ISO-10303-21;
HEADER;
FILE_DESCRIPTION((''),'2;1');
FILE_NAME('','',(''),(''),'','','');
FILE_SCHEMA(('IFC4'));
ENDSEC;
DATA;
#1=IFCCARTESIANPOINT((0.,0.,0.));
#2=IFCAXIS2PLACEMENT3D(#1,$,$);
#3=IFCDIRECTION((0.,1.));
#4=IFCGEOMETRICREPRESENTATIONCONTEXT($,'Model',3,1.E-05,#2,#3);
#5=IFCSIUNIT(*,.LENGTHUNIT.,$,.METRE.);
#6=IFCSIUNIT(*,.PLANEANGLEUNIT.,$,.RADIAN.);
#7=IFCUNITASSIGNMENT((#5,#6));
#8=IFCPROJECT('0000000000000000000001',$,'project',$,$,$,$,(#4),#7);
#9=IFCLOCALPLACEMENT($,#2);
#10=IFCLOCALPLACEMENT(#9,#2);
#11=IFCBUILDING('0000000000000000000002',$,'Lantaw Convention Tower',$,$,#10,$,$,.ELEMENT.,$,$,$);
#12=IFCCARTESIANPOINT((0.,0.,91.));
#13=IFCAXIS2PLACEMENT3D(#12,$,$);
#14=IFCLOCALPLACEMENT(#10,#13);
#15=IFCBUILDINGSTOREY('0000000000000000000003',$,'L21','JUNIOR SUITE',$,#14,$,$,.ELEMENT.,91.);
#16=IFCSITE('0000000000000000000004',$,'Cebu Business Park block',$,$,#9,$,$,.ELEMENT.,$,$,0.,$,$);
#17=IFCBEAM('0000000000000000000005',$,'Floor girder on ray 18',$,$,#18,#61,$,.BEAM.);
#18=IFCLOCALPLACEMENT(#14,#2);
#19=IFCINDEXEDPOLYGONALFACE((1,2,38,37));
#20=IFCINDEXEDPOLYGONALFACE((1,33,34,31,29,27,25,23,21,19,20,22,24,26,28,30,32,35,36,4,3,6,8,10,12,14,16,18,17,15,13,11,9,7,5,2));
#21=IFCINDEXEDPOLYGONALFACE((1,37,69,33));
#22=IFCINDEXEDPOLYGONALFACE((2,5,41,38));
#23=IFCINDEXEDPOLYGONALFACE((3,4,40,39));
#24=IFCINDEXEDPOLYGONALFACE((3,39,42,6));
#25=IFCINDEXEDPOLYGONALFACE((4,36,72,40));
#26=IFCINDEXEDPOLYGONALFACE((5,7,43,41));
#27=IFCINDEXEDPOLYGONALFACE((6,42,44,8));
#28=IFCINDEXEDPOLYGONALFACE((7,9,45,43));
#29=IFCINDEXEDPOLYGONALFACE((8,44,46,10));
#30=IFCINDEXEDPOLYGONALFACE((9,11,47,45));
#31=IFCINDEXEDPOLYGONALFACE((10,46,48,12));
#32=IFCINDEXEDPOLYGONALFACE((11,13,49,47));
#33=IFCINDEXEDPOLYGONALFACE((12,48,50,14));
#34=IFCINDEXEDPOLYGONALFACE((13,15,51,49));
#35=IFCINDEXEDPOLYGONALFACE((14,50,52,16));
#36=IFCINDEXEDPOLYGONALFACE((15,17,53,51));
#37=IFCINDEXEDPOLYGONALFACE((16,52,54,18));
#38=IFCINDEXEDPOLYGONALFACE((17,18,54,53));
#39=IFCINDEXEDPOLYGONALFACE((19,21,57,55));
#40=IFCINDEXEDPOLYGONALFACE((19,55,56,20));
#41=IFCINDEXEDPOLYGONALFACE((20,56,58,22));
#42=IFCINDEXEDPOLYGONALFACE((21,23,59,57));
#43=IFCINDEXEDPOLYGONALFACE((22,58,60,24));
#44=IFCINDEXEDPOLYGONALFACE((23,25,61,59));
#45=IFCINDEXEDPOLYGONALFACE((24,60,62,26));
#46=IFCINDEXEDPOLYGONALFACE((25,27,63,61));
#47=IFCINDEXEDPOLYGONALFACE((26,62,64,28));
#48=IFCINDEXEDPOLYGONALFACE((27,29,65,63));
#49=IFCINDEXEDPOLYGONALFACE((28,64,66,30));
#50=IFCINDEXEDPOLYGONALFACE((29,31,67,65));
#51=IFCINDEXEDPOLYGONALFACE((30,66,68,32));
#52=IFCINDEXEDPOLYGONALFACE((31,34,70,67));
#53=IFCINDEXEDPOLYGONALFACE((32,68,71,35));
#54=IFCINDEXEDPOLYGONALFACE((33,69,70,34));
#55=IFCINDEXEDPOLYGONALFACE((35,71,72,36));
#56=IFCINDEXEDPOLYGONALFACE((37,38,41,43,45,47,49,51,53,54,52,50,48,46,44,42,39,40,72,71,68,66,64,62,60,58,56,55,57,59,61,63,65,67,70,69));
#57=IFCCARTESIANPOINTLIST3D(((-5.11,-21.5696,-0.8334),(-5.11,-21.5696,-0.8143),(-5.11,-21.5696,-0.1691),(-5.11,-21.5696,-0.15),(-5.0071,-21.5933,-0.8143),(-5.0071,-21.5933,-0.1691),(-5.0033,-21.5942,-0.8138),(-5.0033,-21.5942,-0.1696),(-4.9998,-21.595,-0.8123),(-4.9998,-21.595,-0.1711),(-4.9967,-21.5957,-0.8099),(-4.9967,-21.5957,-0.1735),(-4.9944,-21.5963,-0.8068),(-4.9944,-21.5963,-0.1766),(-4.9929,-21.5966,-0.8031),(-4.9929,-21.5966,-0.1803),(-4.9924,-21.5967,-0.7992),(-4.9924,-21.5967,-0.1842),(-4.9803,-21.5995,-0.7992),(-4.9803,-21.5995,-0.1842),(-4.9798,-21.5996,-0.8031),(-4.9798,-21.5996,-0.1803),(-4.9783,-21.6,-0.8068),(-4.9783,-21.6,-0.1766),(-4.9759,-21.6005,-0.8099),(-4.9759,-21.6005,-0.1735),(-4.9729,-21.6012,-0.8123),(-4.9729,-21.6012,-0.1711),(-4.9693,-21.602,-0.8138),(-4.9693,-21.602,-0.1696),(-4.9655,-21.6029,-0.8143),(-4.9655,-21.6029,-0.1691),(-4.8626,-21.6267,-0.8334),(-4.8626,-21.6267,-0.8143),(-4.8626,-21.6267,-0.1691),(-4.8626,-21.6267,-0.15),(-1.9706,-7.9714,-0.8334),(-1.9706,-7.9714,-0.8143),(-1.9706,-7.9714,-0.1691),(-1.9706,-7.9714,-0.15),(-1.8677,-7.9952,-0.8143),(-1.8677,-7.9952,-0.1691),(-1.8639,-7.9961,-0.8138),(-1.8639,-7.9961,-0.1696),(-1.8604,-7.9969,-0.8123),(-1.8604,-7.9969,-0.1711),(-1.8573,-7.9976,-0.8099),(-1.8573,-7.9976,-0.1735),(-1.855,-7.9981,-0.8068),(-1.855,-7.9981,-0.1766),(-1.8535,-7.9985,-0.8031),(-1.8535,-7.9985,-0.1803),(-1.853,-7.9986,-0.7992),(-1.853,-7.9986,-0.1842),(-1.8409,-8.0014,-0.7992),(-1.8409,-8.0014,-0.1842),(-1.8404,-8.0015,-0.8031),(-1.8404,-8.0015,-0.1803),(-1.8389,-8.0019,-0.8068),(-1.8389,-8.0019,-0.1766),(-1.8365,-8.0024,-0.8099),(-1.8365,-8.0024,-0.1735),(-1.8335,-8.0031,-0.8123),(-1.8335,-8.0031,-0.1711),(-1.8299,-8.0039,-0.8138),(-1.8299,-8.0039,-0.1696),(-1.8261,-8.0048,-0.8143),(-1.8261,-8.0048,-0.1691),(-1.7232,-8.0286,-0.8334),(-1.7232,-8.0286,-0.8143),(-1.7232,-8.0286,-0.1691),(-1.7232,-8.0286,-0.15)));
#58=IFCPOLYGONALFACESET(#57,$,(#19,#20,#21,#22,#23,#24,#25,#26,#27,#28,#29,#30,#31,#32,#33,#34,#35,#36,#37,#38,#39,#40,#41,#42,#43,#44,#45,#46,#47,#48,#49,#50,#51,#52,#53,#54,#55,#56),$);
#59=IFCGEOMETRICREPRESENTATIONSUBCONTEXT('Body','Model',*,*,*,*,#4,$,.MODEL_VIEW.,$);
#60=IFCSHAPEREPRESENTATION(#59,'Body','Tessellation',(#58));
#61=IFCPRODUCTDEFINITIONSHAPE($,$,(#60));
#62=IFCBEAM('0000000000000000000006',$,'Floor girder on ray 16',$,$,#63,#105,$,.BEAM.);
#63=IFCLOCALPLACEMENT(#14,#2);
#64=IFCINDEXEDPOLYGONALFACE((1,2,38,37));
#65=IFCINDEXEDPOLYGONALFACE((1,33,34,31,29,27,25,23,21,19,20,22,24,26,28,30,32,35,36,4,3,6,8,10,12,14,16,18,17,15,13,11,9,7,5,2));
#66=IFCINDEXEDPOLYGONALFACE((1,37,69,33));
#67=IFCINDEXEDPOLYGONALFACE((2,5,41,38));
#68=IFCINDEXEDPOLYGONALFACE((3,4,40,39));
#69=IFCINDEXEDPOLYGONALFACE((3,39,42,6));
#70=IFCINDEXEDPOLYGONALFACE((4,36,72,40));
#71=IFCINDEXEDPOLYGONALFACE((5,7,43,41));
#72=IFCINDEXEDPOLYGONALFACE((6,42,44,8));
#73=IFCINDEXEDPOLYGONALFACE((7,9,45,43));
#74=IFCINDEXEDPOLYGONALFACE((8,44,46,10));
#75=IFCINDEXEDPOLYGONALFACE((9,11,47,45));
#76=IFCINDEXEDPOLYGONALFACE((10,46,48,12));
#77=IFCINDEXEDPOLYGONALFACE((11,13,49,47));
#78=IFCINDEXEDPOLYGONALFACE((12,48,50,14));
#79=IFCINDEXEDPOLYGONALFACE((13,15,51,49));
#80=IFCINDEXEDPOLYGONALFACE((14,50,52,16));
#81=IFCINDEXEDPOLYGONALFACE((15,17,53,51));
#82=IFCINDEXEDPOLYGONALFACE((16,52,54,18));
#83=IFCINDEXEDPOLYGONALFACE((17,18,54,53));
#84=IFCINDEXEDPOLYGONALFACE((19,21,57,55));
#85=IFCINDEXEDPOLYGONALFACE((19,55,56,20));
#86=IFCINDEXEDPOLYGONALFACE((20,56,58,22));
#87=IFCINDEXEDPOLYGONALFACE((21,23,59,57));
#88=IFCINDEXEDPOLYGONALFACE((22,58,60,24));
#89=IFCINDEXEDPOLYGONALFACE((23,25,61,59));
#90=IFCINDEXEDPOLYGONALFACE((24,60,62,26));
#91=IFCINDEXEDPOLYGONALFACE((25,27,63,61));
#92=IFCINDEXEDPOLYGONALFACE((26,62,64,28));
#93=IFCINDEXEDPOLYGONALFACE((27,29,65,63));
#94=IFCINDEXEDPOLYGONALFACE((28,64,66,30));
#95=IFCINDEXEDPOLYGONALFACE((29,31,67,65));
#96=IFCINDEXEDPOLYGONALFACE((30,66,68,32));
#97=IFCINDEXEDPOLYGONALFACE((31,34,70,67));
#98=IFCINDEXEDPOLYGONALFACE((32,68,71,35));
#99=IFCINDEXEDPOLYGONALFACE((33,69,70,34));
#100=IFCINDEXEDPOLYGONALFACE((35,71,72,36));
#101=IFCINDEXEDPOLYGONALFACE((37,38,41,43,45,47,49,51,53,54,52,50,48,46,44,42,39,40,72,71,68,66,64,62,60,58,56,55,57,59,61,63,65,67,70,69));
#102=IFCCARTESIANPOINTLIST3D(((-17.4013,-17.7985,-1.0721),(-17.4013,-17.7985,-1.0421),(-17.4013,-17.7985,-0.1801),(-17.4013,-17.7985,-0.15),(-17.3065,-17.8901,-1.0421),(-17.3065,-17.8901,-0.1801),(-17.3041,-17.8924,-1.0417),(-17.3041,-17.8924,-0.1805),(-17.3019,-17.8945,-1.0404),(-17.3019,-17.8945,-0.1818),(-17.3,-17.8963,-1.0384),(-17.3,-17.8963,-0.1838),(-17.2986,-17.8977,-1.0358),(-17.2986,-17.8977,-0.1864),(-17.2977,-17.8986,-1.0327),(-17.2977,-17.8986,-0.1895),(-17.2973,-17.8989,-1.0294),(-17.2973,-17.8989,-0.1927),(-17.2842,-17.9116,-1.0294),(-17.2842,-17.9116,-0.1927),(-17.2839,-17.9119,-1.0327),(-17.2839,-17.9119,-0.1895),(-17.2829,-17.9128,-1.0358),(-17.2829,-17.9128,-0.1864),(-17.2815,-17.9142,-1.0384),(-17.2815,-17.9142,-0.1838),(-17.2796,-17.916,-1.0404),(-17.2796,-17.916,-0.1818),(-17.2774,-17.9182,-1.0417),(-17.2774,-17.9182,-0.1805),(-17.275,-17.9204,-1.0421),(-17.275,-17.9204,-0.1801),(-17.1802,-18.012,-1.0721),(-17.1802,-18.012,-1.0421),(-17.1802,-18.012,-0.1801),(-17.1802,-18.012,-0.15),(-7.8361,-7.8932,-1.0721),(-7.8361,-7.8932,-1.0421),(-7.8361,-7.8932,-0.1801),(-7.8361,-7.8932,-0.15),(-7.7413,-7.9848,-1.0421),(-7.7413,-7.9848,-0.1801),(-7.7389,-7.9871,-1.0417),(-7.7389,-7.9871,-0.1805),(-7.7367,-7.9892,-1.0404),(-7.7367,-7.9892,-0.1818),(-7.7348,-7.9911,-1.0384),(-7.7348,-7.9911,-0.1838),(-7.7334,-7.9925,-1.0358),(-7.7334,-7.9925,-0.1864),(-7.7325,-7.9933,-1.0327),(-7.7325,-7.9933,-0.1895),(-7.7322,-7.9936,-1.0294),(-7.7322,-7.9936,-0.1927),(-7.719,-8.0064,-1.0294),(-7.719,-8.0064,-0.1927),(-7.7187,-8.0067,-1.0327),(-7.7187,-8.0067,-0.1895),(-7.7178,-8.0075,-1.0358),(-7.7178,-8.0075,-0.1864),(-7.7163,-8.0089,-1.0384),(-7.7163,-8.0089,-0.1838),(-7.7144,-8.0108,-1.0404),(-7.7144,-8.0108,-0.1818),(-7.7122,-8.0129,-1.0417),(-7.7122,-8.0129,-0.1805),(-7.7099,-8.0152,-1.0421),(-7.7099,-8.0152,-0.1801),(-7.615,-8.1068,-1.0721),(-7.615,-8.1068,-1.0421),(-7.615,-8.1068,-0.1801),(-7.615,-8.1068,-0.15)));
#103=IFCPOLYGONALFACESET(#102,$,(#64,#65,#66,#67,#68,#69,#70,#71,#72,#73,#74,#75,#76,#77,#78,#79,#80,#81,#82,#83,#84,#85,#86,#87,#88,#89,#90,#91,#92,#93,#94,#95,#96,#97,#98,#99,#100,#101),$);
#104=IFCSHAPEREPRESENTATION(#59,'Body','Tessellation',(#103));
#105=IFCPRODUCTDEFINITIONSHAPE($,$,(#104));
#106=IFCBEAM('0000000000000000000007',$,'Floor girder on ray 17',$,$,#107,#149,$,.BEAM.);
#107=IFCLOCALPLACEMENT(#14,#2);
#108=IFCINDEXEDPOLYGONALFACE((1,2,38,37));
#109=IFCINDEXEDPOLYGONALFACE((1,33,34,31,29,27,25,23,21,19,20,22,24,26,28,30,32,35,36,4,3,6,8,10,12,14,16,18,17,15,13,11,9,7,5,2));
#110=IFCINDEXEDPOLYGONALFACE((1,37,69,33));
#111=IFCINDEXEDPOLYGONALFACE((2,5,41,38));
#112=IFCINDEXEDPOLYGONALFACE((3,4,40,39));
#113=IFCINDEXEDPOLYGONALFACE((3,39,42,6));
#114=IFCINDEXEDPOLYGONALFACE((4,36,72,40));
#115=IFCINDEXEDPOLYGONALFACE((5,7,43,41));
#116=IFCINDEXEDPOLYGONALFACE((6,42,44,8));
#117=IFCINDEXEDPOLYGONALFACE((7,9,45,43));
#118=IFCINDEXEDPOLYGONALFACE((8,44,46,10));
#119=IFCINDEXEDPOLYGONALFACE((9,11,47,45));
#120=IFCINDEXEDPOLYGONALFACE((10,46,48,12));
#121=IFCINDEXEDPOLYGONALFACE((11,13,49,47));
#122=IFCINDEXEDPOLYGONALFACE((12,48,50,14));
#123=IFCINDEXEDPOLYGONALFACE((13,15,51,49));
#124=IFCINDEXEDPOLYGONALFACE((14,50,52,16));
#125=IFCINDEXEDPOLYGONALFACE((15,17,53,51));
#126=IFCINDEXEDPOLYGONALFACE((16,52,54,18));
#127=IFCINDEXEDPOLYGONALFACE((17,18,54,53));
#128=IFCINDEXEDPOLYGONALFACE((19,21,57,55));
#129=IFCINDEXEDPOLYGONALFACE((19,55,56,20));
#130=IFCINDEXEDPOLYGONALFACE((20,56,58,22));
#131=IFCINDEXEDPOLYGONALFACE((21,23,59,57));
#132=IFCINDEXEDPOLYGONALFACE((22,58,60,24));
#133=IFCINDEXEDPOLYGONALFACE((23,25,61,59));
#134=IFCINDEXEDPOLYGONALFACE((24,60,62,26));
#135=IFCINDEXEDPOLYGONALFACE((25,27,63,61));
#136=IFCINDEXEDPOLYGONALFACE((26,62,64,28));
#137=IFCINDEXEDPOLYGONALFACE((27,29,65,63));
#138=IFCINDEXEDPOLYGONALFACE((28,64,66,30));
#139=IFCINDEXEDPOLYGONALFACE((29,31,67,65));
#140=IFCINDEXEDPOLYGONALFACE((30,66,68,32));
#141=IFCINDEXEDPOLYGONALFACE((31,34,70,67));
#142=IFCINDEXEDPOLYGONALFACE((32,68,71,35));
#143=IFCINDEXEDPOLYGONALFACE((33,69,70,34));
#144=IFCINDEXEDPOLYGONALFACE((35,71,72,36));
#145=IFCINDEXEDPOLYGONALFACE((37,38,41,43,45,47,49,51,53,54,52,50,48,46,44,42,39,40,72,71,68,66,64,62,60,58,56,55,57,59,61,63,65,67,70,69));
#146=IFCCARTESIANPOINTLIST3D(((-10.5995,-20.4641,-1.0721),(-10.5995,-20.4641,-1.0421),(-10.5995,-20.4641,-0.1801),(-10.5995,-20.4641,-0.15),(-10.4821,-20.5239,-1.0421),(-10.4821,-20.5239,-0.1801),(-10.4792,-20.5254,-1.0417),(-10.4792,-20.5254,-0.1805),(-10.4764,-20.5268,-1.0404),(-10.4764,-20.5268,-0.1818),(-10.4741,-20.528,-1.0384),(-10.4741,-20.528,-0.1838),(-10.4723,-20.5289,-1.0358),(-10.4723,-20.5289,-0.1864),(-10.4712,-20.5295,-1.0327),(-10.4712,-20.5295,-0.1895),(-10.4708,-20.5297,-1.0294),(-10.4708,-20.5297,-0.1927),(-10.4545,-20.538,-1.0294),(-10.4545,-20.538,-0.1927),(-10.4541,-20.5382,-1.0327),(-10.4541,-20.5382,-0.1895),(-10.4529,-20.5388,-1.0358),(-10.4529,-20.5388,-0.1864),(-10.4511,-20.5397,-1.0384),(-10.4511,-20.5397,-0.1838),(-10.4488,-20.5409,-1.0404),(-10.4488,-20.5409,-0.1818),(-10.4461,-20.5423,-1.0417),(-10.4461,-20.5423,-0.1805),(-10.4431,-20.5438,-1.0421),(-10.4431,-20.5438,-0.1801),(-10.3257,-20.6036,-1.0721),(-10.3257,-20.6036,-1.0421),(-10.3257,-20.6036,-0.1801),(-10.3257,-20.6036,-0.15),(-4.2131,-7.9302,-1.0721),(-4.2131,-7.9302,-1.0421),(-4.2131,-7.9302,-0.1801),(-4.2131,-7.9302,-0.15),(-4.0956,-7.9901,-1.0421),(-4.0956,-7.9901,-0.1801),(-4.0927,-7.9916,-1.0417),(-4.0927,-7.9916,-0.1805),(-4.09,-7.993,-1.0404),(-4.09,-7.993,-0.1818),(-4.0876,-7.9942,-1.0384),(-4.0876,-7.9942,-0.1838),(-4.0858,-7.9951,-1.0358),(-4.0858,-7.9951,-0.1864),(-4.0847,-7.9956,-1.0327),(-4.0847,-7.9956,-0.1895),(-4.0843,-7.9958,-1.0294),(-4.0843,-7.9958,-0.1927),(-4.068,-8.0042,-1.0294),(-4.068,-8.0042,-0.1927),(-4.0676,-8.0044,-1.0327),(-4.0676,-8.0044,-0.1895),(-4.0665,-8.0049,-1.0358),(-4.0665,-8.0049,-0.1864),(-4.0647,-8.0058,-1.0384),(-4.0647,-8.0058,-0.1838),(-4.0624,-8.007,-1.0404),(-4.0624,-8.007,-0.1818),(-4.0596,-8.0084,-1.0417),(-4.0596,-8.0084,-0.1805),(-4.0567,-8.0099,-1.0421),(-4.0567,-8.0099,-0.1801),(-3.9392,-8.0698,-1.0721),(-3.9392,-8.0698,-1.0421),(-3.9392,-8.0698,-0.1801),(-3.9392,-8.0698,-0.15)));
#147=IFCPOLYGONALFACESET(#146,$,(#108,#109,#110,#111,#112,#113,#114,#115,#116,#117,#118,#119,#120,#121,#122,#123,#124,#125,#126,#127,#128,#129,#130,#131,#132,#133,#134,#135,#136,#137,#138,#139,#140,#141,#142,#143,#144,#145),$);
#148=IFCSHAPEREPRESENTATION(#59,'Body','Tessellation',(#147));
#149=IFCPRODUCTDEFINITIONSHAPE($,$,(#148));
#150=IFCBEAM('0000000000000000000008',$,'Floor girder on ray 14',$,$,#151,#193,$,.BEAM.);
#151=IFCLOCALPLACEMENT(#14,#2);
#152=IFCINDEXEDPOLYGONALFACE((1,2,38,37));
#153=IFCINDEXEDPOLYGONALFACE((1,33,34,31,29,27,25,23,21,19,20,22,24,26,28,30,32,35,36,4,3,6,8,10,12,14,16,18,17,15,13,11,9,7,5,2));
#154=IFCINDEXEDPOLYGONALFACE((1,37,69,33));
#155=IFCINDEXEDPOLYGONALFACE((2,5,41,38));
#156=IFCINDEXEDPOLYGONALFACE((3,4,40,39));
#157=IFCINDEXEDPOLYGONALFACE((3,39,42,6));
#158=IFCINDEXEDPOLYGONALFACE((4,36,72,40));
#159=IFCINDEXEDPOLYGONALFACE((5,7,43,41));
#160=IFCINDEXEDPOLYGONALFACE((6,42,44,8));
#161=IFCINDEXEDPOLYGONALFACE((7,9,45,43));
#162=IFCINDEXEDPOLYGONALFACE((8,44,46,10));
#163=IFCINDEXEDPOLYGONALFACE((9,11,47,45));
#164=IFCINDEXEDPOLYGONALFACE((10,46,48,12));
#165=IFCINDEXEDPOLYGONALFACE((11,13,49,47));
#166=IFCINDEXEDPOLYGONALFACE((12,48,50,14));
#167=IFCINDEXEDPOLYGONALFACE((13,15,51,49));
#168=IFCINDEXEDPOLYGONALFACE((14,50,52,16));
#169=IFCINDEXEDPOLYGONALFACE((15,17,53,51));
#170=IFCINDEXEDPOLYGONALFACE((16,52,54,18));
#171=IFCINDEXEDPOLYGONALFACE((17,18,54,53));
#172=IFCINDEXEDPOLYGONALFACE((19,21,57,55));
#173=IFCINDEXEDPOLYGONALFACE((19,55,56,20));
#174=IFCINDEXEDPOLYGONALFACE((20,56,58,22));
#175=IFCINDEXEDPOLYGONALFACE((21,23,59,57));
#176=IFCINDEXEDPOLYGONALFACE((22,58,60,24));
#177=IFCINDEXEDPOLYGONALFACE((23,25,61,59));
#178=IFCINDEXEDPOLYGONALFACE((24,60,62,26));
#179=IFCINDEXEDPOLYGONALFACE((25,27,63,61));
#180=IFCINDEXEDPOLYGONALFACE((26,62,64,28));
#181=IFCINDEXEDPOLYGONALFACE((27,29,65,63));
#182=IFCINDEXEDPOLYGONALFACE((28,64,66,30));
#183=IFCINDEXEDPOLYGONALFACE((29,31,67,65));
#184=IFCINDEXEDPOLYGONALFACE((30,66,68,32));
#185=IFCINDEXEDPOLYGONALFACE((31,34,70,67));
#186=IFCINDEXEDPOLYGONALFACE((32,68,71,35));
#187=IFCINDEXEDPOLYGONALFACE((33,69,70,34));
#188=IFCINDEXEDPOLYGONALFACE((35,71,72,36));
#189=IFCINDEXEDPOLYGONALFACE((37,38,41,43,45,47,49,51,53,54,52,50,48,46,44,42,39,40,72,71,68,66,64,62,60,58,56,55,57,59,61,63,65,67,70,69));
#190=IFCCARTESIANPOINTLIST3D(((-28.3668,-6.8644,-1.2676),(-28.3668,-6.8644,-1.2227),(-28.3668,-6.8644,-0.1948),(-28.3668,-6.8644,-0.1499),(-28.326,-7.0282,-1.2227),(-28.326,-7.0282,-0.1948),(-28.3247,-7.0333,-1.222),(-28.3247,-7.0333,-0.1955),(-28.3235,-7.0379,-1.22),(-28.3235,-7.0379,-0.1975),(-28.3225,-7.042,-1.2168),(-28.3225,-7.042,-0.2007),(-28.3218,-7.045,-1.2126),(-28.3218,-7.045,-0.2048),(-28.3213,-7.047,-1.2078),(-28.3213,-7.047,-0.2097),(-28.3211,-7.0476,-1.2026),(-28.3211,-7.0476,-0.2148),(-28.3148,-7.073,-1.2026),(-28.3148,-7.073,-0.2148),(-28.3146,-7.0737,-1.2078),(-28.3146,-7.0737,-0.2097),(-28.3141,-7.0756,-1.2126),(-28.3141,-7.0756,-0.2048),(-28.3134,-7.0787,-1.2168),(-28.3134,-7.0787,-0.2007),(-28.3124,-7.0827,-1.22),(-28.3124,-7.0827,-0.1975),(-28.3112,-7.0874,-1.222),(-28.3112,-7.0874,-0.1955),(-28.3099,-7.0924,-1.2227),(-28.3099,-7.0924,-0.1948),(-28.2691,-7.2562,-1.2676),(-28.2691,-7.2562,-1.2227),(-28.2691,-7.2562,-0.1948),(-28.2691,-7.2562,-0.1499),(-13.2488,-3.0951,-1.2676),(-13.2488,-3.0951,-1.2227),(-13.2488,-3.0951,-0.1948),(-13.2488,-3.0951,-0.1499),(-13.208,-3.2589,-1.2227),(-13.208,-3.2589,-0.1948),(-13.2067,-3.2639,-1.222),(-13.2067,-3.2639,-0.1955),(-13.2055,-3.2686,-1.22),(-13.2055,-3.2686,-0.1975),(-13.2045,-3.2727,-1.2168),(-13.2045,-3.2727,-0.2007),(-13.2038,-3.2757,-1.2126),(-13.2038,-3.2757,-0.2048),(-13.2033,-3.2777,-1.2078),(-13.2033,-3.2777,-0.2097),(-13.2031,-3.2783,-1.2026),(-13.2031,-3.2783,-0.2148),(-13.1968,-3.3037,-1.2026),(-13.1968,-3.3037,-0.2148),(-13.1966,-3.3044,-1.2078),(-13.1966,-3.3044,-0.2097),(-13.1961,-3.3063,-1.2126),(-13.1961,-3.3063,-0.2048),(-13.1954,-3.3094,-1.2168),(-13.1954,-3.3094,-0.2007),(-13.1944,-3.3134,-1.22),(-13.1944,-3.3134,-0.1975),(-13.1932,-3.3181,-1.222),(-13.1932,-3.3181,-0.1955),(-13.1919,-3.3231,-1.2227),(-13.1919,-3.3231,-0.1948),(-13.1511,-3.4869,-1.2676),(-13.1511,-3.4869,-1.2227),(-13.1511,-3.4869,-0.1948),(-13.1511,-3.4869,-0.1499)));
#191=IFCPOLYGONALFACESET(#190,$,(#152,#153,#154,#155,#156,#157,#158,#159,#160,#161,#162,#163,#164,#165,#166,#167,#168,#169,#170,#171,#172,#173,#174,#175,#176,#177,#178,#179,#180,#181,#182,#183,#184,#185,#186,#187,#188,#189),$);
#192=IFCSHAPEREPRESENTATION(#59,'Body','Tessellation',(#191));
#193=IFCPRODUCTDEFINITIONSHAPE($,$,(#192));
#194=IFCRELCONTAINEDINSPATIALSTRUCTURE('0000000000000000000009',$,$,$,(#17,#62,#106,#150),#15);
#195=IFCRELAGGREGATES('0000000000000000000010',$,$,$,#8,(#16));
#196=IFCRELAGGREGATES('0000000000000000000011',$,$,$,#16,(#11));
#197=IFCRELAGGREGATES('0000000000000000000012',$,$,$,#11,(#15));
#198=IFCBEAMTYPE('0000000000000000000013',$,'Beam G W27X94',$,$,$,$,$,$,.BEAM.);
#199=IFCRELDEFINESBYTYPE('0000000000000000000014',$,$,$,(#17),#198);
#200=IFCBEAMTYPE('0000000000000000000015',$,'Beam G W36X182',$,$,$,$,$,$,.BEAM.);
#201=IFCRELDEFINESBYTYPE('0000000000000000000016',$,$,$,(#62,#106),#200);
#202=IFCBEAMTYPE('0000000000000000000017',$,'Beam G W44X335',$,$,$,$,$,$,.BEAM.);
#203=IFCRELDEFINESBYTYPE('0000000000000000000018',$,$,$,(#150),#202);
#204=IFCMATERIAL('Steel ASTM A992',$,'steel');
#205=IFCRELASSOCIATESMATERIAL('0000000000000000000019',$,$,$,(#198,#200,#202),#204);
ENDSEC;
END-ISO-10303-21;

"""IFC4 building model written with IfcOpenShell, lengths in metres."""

from ifc_helpers import new_model, si_unit, direction, frame, origin, origin_2d, place, context, subcontext, project, spatial, i_section, extrude, material, material_profile, profile_set, type_object, element, save


model = new_model("IFC4")

# Units and contexts
model_context = context("Model", 3, precision=1e-05, world=origin(), true_north=direction((0.0, 1.0)))
body_context = subcontext(model_context, "Body", "Model", "MODEL_VIEW")
ifc_project = project(units=[si_unit("LENGTHUNIT", "METRE"), si_unit("PLANEANGLEUNIT", "RADIAN")], contexts=[model_context])

# Site, building, storey
site_placement = place(None, origin())
site = spatial("IfcSite", under=ifc_project, at=site_placement, Name="Cebu Business Park block", CompositionType="ELEMENT", RefElevation=0.0)
building_placement = place(site_placement, origin())
building = spatial("IfcBuilding", under=site, at=building_placement, Name="Lantaw Convention Tower", CompositionType="ELEMENT")
storey_placement = place(building_placement, frame((0.0, 0.0, 91.0)))
storey = spatial("IfcBuildingStorey", under=building, at=storey_placement, Name="L21", Description="JUNIOR SUITE", CompositionType="ELEMENT", Elevation=91.0)

# Beams
ifc_material_1 = material(Name="Steel ASTM A992", Category="steel")
ifc_material_profile_1 = material_profile(ifc_material_1, i_section(OverallWidth=0.2539, OverallDepth=0.6833, WebThickness=0.0125, FlangeThickness=0.019, FilletRadius=0.0151, at=origin_2d()), Name="W27X94")
ifc_profile_set_1 = profile_set([ifc_material_profile_1], Name="Steel ASTM A992")
beam_type_1 = type_object("IfcBeamType", Name="Beam G W27X94", PredefinedType="BEAM", material=ifc_profile_set_1)
beam_1_placement = place(storey_placement, frame((-1.8469, -8.0, -0.4917), z_axis=(-0.224953, -0.97437, 0.0), x_axis=(0.97437, -0.224953, 0.0)))
element("IfcBeam", 1, at=beam_1_placement, inside=storey, type_object=beam_type_1, Name="Floor girder on ray 18", PredefinedType="BEAM", context=body_context, shape_type="SweptSolid", body=[
    extrude(i_section(OverallWidth=0.2539, OverallDepth=0.6833, WebThickness=0.0125, FlangeThickness=0.019, FilletRadius=0.0151, at=origin_2d()), origin(), (0.0, 0.0, 1.0), 13.9558),
])
ifc_material_profile_2 = material_profile(ifc_material_1, i_section(OverallWidth=0.3074, OverallDepth=0.9221, WebThickness=0.0183, FlangeThickness=0.03, FilletRadius=0.0127, at=origin_2d()), Name="W36X182")
ifc_profile_set_2 = profile_set([ifc_material_profile_2], Name="Steel ASTM A992")
beam_type_2 = type_object("IfcBeamType", Name="Beam G W36X182", PredefinedType="BEAM", material=ifc_profile_set_2)
beam_2_placement = place(storey_placement, frame((-7.7256, -8.0, -0.6111), z_axis=(-0.69465, -0.719348, 0.0), x_axis=(0.719348, -0.69465, 0.0)))
element("IfcBeam", 2, at=beam_2_placement, inside=storey, type_object=beam_type_2, Name="Floor girder on ray 16", PredefinedType="BEAM", context=body_context, shape_type="SweptSolid", body=[
    extrude(i_section(OverallWidth=0.3074, OverallDepth=0.9221, WebThickness=0.0183, FlangeThickness=0.03, FilletRadius=0.0127, at=origin_2d()), origin(), (0.0, 0.0, 1.0), 13.7698),
])
beam_3_placement = place(storey_placement, frame((-4.0762, -8.0, -0.6111), z_axis=(-0.453997, -0.891003, 0.0), x_axis=(0.891003, -0.453997, 0.0)))
element("IfcBeam", 3, at=beam_3_placement, inside=storey, type_object=beam_type_2, Name="Floor girder on ray 17", PredefinedType="BEAM", context=body_context, shape_type="SweptSolid", body=[
    extrude(i_section(OverallWidth=0.3074, OverallDepth=0.9221, WebThickness=0.0183, FlangeThickness=0.03, FilletRadius=0.0127, at=origin_2d()), origin(), (0.0, 0.0, 1.0), 14.0671),
])
ifc_material_profile_3 = material_profile(ifc_material_1, i_section(OverallWidth=0.4038, OverallDepth=1.1177, WebThickness=0.0261, FlangeThickness=0.0449, FilletRadius=0.02, at=origin_2d()), Name="W44X335")
ifc_profile_set_3 = profile_set([ifc_material_profile_3], Name="Steel ASTM A992")
beam_type_3 = type_object("IfcBeamType", Name="Beam G W44X335", PredefinedType="BEAM", material=ifc_profile_set_3)
beam_4_placement = place(storey_placement, frame((-13.2, -3.291, -0.7087), z_axis=(-0.970296, -0.24192, 0.0), x_axis=(0.24192, -0.970296, 0.0)))
element("IfcBeam", 4, at=beam_4_placement, inside=storey, type_object=beam_type_3, Name="Floor girder on ray 14", PredefinedType="BEAM", context=body_context, shape_type="SweptSolid", body=[
    extrude(i_section(OverallWidth=0.4038, OverallDepth=1.1177, WebThickness=0.0261, FlangeThickness=0.0449, FilletRadius=0.02, at=origin_2d()), origin(), (0.0, 0.0, 1.0), 15.5808),
])

save(model, "model.ifc")
